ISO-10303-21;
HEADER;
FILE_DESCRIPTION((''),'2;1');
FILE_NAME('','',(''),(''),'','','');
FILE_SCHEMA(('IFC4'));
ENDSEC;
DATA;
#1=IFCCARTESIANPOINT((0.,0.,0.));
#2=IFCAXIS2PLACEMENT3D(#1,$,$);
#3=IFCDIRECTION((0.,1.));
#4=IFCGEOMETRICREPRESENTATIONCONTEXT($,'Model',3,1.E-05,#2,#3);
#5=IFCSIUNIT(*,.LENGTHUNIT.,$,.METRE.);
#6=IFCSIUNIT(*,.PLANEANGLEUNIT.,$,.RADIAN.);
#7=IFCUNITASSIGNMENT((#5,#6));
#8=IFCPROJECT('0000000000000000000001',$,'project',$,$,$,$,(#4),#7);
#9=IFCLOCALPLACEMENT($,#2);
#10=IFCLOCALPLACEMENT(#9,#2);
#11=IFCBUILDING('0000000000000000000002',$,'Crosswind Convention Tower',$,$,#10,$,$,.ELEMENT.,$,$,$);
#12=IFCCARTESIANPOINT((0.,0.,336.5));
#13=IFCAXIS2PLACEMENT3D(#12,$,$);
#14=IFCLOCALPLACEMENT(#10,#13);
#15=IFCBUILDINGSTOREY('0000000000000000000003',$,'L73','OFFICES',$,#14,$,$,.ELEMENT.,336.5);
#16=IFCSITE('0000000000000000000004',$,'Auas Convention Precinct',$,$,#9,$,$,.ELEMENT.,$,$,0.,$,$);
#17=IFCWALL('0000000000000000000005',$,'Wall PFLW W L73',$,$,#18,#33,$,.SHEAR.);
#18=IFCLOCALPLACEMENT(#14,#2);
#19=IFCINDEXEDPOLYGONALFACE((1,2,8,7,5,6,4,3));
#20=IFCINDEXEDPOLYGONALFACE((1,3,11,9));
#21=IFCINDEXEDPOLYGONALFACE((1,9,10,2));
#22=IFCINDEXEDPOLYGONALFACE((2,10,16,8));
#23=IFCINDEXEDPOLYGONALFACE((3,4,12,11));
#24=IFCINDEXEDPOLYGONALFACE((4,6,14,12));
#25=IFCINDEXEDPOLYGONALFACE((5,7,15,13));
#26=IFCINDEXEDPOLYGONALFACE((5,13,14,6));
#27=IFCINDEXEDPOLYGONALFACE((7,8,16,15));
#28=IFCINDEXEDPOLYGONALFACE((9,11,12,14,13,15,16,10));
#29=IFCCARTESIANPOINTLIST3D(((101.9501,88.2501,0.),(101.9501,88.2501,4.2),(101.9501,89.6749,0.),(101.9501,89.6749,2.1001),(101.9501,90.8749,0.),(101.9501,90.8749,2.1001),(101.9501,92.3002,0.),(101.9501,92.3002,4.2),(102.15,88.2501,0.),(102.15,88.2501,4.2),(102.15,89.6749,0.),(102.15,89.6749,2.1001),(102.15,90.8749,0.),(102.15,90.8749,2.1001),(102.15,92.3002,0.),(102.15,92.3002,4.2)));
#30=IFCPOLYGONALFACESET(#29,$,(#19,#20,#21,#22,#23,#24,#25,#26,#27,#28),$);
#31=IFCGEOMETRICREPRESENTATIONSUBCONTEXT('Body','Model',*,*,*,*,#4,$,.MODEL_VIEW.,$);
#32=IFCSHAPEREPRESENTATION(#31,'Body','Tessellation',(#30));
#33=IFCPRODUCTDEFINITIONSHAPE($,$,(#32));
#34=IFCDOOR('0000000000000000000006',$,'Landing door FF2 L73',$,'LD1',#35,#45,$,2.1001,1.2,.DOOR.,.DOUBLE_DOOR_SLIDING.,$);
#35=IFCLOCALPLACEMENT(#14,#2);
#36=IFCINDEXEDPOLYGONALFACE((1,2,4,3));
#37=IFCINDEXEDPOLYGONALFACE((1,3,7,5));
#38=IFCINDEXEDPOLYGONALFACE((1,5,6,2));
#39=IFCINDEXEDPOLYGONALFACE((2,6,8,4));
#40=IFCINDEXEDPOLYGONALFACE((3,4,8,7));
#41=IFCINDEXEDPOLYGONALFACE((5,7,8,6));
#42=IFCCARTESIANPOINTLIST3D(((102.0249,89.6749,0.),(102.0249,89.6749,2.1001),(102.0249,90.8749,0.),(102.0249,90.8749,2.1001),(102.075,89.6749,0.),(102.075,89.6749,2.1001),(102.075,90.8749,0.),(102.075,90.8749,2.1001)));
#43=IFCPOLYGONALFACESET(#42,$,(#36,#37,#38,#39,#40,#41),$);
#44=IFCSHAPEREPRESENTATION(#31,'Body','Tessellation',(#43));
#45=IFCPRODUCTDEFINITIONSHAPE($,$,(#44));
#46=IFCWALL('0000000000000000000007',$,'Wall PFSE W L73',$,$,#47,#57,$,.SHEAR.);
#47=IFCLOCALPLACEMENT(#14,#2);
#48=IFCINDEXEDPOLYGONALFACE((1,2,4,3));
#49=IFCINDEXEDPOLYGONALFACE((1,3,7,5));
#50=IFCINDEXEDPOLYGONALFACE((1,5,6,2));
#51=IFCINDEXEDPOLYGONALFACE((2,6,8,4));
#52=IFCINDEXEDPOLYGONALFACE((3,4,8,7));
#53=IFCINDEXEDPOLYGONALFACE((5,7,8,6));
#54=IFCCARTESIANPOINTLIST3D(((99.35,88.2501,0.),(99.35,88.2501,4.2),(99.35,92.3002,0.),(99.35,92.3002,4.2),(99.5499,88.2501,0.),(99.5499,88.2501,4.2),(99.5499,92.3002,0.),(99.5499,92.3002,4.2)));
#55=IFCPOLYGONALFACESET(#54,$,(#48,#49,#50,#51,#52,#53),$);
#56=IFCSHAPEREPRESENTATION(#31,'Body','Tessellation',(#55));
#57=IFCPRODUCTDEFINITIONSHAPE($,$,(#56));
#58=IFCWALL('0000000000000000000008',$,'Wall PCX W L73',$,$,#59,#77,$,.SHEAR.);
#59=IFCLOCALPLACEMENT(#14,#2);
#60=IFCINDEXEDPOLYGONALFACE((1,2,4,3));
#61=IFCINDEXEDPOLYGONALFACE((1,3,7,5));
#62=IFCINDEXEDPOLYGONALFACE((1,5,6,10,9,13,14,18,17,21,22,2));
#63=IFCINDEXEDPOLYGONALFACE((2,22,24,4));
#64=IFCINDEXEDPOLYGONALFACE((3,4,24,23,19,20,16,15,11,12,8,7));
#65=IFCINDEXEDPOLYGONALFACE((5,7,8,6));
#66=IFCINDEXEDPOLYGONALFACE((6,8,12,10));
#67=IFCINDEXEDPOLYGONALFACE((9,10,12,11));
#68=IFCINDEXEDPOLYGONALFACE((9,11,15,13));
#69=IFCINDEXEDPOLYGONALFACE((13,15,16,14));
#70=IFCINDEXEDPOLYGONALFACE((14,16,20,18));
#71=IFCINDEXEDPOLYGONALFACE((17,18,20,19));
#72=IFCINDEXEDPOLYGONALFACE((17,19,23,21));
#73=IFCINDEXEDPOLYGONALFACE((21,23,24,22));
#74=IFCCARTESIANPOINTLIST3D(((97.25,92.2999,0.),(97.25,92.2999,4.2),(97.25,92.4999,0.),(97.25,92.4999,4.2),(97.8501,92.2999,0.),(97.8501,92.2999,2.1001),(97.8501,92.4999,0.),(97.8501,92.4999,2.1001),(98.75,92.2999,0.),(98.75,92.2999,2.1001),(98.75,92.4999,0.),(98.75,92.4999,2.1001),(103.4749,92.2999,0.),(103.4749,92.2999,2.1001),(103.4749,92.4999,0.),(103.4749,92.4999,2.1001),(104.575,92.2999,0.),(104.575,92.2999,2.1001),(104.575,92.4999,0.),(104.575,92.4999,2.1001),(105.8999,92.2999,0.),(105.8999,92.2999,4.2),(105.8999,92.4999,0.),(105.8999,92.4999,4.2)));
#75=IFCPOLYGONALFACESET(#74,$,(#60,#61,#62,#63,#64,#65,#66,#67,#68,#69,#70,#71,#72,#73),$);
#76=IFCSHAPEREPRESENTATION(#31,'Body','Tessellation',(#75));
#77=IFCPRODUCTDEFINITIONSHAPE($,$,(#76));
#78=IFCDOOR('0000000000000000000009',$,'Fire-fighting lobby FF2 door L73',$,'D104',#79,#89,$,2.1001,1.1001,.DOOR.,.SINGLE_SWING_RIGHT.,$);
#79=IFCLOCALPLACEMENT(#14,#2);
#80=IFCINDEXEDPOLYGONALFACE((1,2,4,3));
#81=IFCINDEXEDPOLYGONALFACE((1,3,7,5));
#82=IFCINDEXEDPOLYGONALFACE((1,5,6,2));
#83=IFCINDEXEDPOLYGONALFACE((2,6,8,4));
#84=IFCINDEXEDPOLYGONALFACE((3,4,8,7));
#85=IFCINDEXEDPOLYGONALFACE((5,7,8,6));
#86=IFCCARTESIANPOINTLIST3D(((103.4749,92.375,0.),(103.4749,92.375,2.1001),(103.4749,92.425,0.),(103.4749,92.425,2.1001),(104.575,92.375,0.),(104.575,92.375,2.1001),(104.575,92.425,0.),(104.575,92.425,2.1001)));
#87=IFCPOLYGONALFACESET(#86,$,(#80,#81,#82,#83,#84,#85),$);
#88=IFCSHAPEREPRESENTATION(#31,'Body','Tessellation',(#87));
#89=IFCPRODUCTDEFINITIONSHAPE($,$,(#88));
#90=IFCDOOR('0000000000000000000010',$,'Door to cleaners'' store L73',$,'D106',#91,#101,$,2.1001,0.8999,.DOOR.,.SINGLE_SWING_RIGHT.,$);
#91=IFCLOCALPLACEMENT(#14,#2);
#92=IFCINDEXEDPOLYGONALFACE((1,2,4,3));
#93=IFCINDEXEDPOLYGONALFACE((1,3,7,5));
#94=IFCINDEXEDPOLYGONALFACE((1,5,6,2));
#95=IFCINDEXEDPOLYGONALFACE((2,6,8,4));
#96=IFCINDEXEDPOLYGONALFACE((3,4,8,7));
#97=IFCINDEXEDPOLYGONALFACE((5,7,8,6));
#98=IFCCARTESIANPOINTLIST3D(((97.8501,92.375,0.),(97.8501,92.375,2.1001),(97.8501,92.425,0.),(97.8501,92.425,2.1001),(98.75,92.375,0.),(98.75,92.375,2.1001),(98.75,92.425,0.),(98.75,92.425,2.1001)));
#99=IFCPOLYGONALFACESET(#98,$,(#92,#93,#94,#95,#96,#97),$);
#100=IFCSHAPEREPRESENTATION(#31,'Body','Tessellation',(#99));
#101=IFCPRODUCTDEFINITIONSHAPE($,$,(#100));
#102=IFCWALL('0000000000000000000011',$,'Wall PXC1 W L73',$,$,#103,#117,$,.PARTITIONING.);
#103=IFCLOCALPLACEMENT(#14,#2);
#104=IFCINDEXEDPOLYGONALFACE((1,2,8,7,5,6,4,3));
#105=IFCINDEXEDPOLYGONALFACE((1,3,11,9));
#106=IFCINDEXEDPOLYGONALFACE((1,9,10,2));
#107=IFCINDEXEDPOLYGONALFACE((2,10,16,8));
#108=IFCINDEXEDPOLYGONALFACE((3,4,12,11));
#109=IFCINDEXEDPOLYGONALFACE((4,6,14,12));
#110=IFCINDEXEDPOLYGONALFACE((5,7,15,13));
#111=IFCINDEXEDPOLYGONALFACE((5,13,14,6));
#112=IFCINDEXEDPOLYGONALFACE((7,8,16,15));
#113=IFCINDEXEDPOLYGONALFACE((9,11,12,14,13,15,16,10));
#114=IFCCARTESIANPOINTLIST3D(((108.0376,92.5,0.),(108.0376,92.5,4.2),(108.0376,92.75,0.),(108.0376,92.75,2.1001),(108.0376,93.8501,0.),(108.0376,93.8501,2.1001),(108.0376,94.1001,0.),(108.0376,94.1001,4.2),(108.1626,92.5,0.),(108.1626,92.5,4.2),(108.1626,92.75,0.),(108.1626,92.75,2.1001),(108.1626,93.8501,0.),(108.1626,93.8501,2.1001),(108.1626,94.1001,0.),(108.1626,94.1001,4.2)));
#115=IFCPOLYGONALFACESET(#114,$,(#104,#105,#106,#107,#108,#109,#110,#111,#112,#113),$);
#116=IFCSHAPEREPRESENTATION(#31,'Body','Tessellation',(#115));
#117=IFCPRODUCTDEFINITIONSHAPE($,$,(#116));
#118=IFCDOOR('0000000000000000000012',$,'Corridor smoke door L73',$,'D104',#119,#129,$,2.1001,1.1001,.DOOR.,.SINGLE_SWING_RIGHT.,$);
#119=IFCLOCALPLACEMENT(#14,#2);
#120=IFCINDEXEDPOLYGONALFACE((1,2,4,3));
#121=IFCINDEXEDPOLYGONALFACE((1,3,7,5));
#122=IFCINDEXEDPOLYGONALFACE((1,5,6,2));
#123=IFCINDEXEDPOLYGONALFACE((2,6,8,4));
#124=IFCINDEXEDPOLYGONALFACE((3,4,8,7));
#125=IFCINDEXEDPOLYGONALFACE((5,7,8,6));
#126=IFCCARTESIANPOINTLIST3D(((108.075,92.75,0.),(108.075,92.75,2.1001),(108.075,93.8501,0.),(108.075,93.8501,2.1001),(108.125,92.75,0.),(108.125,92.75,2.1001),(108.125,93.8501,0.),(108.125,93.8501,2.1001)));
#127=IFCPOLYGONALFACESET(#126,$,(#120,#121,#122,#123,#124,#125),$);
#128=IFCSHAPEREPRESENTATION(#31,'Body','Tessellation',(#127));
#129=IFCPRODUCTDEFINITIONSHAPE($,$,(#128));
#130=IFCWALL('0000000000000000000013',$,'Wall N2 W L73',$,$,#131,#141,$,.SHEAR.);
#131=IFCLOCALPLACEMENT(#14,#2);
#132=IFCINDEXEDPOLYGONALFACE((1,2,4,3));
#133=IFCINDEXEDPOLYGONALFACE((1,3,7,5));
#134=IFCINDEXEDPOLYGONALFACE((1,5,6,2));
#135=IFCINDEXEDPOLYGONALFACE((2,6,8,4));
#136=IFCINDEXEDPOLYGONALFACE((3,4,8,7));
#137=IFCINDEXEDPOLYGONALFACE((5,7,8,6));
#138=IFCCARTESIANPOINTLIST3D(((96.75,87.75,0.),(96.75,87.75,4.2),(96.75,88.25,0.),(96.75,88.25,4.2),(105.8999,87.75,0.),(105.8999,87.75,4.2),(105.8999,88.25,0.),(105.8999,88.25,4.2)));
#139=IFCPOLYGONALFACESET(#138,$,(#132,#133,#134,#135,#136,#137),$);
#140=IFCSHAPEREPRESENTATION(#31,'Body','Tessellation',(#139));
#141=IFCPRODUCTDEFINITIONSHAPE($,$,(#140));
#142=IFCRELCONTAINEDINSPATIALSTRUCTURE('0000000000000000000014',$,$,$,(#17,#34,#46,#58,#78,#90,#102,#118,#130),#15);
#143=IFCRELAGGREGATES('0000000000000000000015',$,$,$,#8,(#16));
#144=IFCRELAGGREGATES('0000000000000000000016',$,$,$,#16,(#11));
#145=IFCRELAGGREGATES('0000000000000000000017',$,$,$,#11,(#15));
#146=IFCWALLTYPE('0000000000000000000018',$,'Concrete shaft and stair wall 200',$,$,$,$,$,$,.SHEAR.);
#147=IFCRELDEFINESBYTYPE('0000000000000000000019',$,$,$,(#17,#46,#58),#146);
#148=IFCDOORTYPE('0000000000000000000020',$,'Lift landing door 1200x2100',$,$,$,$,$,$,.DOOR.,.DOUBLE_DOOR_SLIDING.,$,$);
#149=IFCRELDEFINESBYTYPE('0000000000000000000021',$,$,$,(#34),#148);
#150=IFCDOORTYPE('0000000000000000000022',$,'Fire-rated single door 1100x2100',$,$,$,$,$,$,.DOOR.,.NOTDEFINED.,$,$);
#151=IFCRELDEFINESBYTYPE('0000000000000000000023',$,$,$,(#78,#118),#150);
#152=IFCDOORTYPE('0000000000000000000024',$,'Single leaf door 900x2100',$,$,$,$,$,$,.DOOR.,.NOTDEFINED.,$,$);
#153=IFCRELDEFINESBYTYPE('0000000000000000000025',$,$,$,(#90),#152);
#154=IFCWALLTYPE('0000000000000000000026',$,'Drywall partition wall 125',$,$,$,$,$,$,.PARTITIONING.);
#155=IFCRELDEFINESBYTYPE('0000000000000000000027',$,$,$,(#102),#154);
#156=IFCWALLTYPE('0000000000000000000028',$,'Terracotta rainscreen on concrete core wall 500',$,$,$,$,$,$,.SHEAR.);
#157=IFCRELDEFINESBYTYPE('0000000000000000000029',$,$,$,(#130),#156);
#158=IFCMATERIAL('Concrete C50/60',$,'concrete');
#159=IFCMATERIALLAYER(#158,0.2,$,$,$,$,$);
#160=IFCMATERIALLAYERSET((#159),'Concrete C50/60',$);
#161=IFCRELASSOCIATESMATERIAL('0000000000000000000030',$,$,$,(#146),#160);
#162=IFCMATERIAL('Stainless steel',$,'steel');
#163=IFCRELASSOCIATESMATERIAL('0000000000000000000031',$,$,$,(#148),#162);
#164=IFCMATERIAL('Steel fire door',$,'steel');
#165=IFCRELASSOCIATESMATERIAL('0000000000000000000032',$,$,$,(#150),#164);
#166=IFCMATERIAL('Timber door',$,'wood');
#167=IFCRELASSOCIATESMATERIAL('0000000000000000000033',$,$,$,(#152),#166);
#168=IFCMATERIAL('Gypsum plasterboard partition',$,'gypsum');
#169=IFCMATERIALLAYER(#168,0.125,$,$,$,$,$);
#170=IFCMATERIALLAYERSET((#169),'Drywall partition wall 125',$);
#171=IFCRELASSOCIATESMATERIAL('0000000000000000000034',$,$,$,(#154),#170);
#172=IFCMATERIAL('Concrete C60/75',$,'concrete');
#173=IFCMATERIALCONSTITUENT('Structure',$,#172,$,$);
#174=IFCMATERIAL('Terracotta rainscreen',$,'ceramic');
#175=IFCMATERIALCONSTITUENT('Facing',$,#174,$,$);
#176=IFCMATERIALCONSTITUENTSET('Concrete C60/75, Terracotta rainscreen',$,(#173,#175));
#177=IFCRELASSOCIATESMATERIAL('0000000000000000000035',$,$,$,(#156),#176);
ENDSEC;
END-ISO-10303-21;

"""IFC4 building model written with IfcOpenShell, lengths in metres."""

from ifc_helpers import new_model, si_unit, direction, frame, frame_2d, origin, place, context, subcontext, project, spatial, rectangle, extrude, material, layer, layer_set, constituent, constituent_set, type_object, element, fill, save


model = new_model("IFC4")

# Units and contexts
model_context = context("Model", 3, precision=1e-05, world=origin(), true_north=direction((0.0, 1.0)))
body_context = subcontext(model_context, "Body", "Model", "MODEL_VIEW")
ifc_project = project(units=[si_unit("LENGTHUNIT", "METRE"), si_unit("PLANEANGLEUNIT", "RADIAN")], contexts=[model_context])

# Site, building, storey
site_placement = place(None, origin())
site = spatial("IfcSite", under=ifc_project, at=site_placement, Name="Auas Convention Precinct", CompositionType="ELEMENT", RefElevation=0.0)
building_placement = place(site_placement, origin())
building = spatial("IfcBuilding", under=site, at=building_placement, Name="Crosswind Convention Tower", CompositionType="ELEMENT")
storey_placement = place(building_placement, frame((0.0, 0.0, 336.5)))
storey = spatial("IfcBuildingStorey", under=building, at=storey_placement, Name="L73", Description="OFFICES", CompositionType="ELEMENT", Elevation=336.5)

# Shared definitions
ifc_material_1 = material(Name="Concrete C50/60", Category="concrete")
ifc_layer_1 = layer(ifc_material_1, 0.2)
ifc_layer_set_1 = layer_set([ifc_layer_1], Name="Concrete C50/60")
wall_type_1 = type_object("IfcWallType", Name="Concrete shaft and stair wall 200", PredefinedType="SHEAR", material=ifc_layer_set_1)

# Wall, opening, door
wall_1_placement = place(storey_placement, frame((102.05, 92.3, 0.0), z_axis=(0.0, 0.0, 1.0), x_axis=(0.0, -1.0, 0.0)))
wall_1 = element("IfcWall", 1, at=wall_1_placement, inside=storey, type_object=wall_type_1, Name="Wall PFLW W L73", PredefinedType="SHEAR", context=body_context, shape_type="SweptSolid", body=[
    extrude(rectangle(XDim=4.05, YDim=0.2, at=frame_2d((2.0249, 0.0))), origin(), (0.0, 0.0, 1.0), 4.2),
])
opening_1_placement = place(wall_1_placement, frame((1.425, 0.0, 0.0)))
opening_1 = element("IfcOpeningElement", 2, at=opening_1_placement, cuts=wall_1, PredefinedType="OPENING", context=body_context, shape_type="SweptSolid", body=[
    extrude(rectangle(XDim=1.2, YDim=2.1001, at=frame_2d((0.6001, 1.05))), frame((0.0, 0.1099, 0.0), z_axis=(0.0, -1.0, 0.0), x_axis=(1.0, 0.0, 0.0)), (0.0, 0.0, 1.0), 0.22),
])
ifc_material_2 = material(Name="Stainless steel", Category="steel")
door_type_1 = type_object("IfcDoorType", Name="Lift landing door 1200x2100", OperationType="DOUBLE_DOOR_SLIDING", PredefinedType="DOOR", material=ifc_material_2)
door_1_placement = place(opening_1_placement, origin())
door_1 = element("IfcDoor", 3, at=door_1_placement, inside=storey, type_object=door_type_1, Name="Landing door FF2 L73", ObjectType="LD1", OperationType="DOUBLE_DOOR_SLIDING", OverallHeight=2.1001, OverallWidth=1.2, PredefinedType="DOOR", context=body_context, shape_type="SweptSolid", body=[
    extrude(rectangle(XDim=1.2, YDim=2.1001, at=frame_2d((0.6001, 1.05))), frame((0.0, 0.0249, 0.0), z_axis=(0.0, -1.0, 0.0), x_axis=(1.0, 0.0, 0.0)), (0.0, 0.0, 1.0), 0.05),
])
fill(opening_1, door_1)

# Wall
wall_2_placement = place(storey_placement, frame((99.45, 92.3, 0.0), z_axis=(0.0, 0.0, 1.0), x_axis=(0.0, -1.0, 0.0)))
element("IfcWall", 4, at=wall_2_placement, inside=storey, type_object=wall_type_1, Name="Wall PFSE W L73", PredefinedType="SHEAR", context=body_context, shape_type="SweptSolid", body=[
    extrude(rectangle(XDim=4.05, YDim=0.2, at=frame_2d((2.0249, 0.0))), origin(), (0.0, 0.0, 1.0), 4.2),
])

# Wall, openings, doors
wall_3_placement = place(storey_placement, frame((105.8999, 92.3999, 0.0), z_axis=(0.0, 0.0, 1.0), x_axis=(-1.0, 0.0, 0.0)))
wall_3 = element("IfcWall", 5, at=wall_3_placement, inside=storey, type_object=wall_type_1, Name="Wall PCX W L73", PredefinedType="SHEAR", context=body_context, shape_type="SweptSolid", body=[
    extrude(rectangle(XDim=8.6499, YDim=0.2, at=frame_2d((4.325, 0.0))), origin(), (0.0, 0.0, 1.0), 4.2),
])
opening_2_placement = place(wall_3_placement, frame((1.325, 0.0, 0.0)))
opening_2 = element("IfcOpeningElement", 6, at=opening_2_placement, cuts=wall_3, PredefinedType="OPENING", context=body_context, shape_type="SweptSolid", body=[
    extrude(rectangle(XDim=1.1001, YDim=2.1001, at=frame_2d((0.55, 1.05))), frame((0.0, 0.1099, 0.0), z_axis=(0.0, -1.0, 0.0), x_axis=(1.0, 0.0, 0.0)), (0.0, 0.0, 1.0), 0.22),
])
opening_3_placement = place(wall_3_placement, frame((7.1499, 0.0, 0.0)))
opening_3 = element("IfcOpeningElement", 7, at=opening_3_placement, cuts=wall_3, PredefinedType="OPENING", context=body_context, shape_type="SweptSolid", body=[
    extrude(rectangle(XDim=0.8999, YDim=2.1001, at=frame_2d((0.45, 1.05))), frame((0.0, 0.1099, 0.0), z_axis=(0.0, -1.0, 0.0), x_axis=(1.0, 0.0, 0.0)), (0.0, 0.0, 1.0), 0.22),
])
ifc_material_3 = material(Name="Steel fire door", Category="steel")
door_type_2 = type_object("IfcDoorType", Name="Fire-rated single door 1100x2100", OperationType="NOTDEFINED", PredefinedType="DOOR", material=ifc_material_3)
door_2_placement = place(opening_2_placement, origin())
door_2 = element("IfcDoor", 8, at=door_2_placement, inside=storey, type_object=door_type_2, Name="Fire-fighting lobby FF2 door L73", ObjectType="D104", OperationType="SINGLE_SWING_RIGHT", OverallHeight=2.1001, OverallWidth=1.1001, PredefinedType="DOOR", context=body_context, shape_type="SweptSolid", body=[
    extrude(rectangle(XDim=1.1001, YDim=2.1001, at=frame_2d((0.55, 1.05))), frame((0.0, 0.0249, 0.0), z_axis=(0.0, -1.0, 0.0), x_axis=(1.0, 0.0, 0.0)), (0.0, 0.0, 1.0), 0.05),
])
fill(opening_2, door_2)
ifc_material_4 = material(Name="Timber door", Category="wood")
door_type_3 = type_object("IfcDoorType", Name="Single leaf door 900x2100", OperationType="NOTDEFINED", PredefinedType="DOOR", material=ifc_material_4)
door_3_placement = place(opening_3_placement, origin())
door_3 = element("IfcDoor", 9, at=door_3_placement, inside=storey, type_object=door_type_3, Name="Door to cleaners' store L73", ObjectType="D106", OperationType="SINGLE_SWING_RIGHT", OverallHeight=2.1001, OverallWidth=0.8999, PredefinedType="DOOR", context=body_context, shape_type="SweptSolid", body=[
    extrude(rectangle(XDim=0.8999, YDim=2.1001, at=frame_2d((0.45, 1.05))), frame((0.0, 0.0249, 0.0), z_axis=(0.0, -1.0, 0.0), x_axis=(1.0, 0.0, 0.0)), (0.0, 0.0, 1.0), 0.05),
])
fill(opening_3, door_3)

# Wall, opening, door
ifc_material_5 = material(Name="Gypsum plasterboard partition", Category="gypsum")
ifc_layer_2 = layer(ifc_material_5, 0.125)
ifc_layer_set_2 = layer_set([ifc_layer_2], Name="Drywall partition wall 125")
wall_type_2 = type_object("IfcWallType", Name="Drywall partition wall 125", PredefinedType="PARTITIONING", material=ifc_layer_set_2)
wall_4_placement = place(storey_placement, frame((108.1001, 94.1001, 0.0), z_axis=(0.0, 0.0, 1.0), x_axis=(0.0, -1.0, 0.0)))
wall_4 = element("IfcWall", 10, at=wall_4_placement, inside=storey, type_object=wall_type_2, Name="Wall PXC1 W L73", PredefinedType="PARTITIONING", context=body_context, shape_type="SweptSolid", body=[
    extrude(rectangle(XDim=1.6001, YDim=0.125, at=frame_2d((0.8, 0.0))), origin(), (0.0, 0.0, 1.0), 4.2),
])
opening_4_placement = place(wall_4_placement, frame((0.25, 0.0, 0.0)))
opening_4 = element("IfcOpeningElement", 11, at=opening_4_placement, cuts=wall_4, PredefinedType="OPENING", context=body_context, shape_type="SweptSolid", body=[
    extrude(rectangle(XDim=1.1001, YDim=2.1001, at=frame_2d((0.55, 1.05))), frame((0.0, 0.0725, 0.0), z_axis=(0.0, -1.0, 0.0), x_axis=(1.0, 0.0, 0.0)), (0.0, 0.0, 1.0), 0.145),
])
door_4_placement = place(opening_4_placement, origin())
door_4 = element("IfcDoor", 12, at=door_4_placement, inside=storey, type_object=door_type_2, Name="Corridor smoke door L73", ObjectType="D104", OperationType="SINGLE_SWING_RIGHT", OverallHeight=2.1001, OverallWidth=1.1001, PredefinedType="DOOR", context=body_context, shape_type="SweptSolid", body=[
    extrude(rectangle(XDim=1.1001, YDim=2.1001, at=frame_2d((0.55, 1.05))), frame((0.0, 0.0249, 0.0), z_axis=(0.0, -1.0, 0.0), x_axis=(1.0, 0.0, 0.0)), (0.0, 0.0, 1.0), 0.05),
])
fill(opening_4, door_4)

# Wall
ifc_material_6 = material(Name="Concrete C60/75", Category="concrete")
ifc_constituent_1 = constituent(ifc_material_6, Name="Structure")
ifc_material_7 = material(Name="Terracotta rainscreen", Category="ceramic")
ifc_constituent_2 = constituent(ifc_material_7, Name="Facing")
ifc_constituent_set = constituent_set(constituents=[ifc_constituent_1, ifc_constituent_2], Name="Concrete C60/75, Terracotta rainscreen")
wall_type_3 = type_object("IfcWallType", Name="Terracotta rainscreen on concrete core wall 500", PredefinedType="SHEAR", material=ifc_constituent_set)
wall_5_placement = place(storey_placement, frame((105.8999, 88.0, 0.0), z_axis=(0.0, 0.0, 1.0), x_axis=(-1.0, 0.0, 0.0)))
element("IfcWall", 13, at=wall_5_placement, inside=storey, type_object=wall_type_3, Name="Wall N2 W L73", PredefinedType="SHEAR", context=body_context, shape_type="SweptSolid", body=[
    extrude(rectangle(XDim=9.1499, YDim=0.5, at=frame_2d((4.575, 0.0))), origin(), (0.0, 0.0, 1.0), 4.2),
])

save(model, "model.ifc")
